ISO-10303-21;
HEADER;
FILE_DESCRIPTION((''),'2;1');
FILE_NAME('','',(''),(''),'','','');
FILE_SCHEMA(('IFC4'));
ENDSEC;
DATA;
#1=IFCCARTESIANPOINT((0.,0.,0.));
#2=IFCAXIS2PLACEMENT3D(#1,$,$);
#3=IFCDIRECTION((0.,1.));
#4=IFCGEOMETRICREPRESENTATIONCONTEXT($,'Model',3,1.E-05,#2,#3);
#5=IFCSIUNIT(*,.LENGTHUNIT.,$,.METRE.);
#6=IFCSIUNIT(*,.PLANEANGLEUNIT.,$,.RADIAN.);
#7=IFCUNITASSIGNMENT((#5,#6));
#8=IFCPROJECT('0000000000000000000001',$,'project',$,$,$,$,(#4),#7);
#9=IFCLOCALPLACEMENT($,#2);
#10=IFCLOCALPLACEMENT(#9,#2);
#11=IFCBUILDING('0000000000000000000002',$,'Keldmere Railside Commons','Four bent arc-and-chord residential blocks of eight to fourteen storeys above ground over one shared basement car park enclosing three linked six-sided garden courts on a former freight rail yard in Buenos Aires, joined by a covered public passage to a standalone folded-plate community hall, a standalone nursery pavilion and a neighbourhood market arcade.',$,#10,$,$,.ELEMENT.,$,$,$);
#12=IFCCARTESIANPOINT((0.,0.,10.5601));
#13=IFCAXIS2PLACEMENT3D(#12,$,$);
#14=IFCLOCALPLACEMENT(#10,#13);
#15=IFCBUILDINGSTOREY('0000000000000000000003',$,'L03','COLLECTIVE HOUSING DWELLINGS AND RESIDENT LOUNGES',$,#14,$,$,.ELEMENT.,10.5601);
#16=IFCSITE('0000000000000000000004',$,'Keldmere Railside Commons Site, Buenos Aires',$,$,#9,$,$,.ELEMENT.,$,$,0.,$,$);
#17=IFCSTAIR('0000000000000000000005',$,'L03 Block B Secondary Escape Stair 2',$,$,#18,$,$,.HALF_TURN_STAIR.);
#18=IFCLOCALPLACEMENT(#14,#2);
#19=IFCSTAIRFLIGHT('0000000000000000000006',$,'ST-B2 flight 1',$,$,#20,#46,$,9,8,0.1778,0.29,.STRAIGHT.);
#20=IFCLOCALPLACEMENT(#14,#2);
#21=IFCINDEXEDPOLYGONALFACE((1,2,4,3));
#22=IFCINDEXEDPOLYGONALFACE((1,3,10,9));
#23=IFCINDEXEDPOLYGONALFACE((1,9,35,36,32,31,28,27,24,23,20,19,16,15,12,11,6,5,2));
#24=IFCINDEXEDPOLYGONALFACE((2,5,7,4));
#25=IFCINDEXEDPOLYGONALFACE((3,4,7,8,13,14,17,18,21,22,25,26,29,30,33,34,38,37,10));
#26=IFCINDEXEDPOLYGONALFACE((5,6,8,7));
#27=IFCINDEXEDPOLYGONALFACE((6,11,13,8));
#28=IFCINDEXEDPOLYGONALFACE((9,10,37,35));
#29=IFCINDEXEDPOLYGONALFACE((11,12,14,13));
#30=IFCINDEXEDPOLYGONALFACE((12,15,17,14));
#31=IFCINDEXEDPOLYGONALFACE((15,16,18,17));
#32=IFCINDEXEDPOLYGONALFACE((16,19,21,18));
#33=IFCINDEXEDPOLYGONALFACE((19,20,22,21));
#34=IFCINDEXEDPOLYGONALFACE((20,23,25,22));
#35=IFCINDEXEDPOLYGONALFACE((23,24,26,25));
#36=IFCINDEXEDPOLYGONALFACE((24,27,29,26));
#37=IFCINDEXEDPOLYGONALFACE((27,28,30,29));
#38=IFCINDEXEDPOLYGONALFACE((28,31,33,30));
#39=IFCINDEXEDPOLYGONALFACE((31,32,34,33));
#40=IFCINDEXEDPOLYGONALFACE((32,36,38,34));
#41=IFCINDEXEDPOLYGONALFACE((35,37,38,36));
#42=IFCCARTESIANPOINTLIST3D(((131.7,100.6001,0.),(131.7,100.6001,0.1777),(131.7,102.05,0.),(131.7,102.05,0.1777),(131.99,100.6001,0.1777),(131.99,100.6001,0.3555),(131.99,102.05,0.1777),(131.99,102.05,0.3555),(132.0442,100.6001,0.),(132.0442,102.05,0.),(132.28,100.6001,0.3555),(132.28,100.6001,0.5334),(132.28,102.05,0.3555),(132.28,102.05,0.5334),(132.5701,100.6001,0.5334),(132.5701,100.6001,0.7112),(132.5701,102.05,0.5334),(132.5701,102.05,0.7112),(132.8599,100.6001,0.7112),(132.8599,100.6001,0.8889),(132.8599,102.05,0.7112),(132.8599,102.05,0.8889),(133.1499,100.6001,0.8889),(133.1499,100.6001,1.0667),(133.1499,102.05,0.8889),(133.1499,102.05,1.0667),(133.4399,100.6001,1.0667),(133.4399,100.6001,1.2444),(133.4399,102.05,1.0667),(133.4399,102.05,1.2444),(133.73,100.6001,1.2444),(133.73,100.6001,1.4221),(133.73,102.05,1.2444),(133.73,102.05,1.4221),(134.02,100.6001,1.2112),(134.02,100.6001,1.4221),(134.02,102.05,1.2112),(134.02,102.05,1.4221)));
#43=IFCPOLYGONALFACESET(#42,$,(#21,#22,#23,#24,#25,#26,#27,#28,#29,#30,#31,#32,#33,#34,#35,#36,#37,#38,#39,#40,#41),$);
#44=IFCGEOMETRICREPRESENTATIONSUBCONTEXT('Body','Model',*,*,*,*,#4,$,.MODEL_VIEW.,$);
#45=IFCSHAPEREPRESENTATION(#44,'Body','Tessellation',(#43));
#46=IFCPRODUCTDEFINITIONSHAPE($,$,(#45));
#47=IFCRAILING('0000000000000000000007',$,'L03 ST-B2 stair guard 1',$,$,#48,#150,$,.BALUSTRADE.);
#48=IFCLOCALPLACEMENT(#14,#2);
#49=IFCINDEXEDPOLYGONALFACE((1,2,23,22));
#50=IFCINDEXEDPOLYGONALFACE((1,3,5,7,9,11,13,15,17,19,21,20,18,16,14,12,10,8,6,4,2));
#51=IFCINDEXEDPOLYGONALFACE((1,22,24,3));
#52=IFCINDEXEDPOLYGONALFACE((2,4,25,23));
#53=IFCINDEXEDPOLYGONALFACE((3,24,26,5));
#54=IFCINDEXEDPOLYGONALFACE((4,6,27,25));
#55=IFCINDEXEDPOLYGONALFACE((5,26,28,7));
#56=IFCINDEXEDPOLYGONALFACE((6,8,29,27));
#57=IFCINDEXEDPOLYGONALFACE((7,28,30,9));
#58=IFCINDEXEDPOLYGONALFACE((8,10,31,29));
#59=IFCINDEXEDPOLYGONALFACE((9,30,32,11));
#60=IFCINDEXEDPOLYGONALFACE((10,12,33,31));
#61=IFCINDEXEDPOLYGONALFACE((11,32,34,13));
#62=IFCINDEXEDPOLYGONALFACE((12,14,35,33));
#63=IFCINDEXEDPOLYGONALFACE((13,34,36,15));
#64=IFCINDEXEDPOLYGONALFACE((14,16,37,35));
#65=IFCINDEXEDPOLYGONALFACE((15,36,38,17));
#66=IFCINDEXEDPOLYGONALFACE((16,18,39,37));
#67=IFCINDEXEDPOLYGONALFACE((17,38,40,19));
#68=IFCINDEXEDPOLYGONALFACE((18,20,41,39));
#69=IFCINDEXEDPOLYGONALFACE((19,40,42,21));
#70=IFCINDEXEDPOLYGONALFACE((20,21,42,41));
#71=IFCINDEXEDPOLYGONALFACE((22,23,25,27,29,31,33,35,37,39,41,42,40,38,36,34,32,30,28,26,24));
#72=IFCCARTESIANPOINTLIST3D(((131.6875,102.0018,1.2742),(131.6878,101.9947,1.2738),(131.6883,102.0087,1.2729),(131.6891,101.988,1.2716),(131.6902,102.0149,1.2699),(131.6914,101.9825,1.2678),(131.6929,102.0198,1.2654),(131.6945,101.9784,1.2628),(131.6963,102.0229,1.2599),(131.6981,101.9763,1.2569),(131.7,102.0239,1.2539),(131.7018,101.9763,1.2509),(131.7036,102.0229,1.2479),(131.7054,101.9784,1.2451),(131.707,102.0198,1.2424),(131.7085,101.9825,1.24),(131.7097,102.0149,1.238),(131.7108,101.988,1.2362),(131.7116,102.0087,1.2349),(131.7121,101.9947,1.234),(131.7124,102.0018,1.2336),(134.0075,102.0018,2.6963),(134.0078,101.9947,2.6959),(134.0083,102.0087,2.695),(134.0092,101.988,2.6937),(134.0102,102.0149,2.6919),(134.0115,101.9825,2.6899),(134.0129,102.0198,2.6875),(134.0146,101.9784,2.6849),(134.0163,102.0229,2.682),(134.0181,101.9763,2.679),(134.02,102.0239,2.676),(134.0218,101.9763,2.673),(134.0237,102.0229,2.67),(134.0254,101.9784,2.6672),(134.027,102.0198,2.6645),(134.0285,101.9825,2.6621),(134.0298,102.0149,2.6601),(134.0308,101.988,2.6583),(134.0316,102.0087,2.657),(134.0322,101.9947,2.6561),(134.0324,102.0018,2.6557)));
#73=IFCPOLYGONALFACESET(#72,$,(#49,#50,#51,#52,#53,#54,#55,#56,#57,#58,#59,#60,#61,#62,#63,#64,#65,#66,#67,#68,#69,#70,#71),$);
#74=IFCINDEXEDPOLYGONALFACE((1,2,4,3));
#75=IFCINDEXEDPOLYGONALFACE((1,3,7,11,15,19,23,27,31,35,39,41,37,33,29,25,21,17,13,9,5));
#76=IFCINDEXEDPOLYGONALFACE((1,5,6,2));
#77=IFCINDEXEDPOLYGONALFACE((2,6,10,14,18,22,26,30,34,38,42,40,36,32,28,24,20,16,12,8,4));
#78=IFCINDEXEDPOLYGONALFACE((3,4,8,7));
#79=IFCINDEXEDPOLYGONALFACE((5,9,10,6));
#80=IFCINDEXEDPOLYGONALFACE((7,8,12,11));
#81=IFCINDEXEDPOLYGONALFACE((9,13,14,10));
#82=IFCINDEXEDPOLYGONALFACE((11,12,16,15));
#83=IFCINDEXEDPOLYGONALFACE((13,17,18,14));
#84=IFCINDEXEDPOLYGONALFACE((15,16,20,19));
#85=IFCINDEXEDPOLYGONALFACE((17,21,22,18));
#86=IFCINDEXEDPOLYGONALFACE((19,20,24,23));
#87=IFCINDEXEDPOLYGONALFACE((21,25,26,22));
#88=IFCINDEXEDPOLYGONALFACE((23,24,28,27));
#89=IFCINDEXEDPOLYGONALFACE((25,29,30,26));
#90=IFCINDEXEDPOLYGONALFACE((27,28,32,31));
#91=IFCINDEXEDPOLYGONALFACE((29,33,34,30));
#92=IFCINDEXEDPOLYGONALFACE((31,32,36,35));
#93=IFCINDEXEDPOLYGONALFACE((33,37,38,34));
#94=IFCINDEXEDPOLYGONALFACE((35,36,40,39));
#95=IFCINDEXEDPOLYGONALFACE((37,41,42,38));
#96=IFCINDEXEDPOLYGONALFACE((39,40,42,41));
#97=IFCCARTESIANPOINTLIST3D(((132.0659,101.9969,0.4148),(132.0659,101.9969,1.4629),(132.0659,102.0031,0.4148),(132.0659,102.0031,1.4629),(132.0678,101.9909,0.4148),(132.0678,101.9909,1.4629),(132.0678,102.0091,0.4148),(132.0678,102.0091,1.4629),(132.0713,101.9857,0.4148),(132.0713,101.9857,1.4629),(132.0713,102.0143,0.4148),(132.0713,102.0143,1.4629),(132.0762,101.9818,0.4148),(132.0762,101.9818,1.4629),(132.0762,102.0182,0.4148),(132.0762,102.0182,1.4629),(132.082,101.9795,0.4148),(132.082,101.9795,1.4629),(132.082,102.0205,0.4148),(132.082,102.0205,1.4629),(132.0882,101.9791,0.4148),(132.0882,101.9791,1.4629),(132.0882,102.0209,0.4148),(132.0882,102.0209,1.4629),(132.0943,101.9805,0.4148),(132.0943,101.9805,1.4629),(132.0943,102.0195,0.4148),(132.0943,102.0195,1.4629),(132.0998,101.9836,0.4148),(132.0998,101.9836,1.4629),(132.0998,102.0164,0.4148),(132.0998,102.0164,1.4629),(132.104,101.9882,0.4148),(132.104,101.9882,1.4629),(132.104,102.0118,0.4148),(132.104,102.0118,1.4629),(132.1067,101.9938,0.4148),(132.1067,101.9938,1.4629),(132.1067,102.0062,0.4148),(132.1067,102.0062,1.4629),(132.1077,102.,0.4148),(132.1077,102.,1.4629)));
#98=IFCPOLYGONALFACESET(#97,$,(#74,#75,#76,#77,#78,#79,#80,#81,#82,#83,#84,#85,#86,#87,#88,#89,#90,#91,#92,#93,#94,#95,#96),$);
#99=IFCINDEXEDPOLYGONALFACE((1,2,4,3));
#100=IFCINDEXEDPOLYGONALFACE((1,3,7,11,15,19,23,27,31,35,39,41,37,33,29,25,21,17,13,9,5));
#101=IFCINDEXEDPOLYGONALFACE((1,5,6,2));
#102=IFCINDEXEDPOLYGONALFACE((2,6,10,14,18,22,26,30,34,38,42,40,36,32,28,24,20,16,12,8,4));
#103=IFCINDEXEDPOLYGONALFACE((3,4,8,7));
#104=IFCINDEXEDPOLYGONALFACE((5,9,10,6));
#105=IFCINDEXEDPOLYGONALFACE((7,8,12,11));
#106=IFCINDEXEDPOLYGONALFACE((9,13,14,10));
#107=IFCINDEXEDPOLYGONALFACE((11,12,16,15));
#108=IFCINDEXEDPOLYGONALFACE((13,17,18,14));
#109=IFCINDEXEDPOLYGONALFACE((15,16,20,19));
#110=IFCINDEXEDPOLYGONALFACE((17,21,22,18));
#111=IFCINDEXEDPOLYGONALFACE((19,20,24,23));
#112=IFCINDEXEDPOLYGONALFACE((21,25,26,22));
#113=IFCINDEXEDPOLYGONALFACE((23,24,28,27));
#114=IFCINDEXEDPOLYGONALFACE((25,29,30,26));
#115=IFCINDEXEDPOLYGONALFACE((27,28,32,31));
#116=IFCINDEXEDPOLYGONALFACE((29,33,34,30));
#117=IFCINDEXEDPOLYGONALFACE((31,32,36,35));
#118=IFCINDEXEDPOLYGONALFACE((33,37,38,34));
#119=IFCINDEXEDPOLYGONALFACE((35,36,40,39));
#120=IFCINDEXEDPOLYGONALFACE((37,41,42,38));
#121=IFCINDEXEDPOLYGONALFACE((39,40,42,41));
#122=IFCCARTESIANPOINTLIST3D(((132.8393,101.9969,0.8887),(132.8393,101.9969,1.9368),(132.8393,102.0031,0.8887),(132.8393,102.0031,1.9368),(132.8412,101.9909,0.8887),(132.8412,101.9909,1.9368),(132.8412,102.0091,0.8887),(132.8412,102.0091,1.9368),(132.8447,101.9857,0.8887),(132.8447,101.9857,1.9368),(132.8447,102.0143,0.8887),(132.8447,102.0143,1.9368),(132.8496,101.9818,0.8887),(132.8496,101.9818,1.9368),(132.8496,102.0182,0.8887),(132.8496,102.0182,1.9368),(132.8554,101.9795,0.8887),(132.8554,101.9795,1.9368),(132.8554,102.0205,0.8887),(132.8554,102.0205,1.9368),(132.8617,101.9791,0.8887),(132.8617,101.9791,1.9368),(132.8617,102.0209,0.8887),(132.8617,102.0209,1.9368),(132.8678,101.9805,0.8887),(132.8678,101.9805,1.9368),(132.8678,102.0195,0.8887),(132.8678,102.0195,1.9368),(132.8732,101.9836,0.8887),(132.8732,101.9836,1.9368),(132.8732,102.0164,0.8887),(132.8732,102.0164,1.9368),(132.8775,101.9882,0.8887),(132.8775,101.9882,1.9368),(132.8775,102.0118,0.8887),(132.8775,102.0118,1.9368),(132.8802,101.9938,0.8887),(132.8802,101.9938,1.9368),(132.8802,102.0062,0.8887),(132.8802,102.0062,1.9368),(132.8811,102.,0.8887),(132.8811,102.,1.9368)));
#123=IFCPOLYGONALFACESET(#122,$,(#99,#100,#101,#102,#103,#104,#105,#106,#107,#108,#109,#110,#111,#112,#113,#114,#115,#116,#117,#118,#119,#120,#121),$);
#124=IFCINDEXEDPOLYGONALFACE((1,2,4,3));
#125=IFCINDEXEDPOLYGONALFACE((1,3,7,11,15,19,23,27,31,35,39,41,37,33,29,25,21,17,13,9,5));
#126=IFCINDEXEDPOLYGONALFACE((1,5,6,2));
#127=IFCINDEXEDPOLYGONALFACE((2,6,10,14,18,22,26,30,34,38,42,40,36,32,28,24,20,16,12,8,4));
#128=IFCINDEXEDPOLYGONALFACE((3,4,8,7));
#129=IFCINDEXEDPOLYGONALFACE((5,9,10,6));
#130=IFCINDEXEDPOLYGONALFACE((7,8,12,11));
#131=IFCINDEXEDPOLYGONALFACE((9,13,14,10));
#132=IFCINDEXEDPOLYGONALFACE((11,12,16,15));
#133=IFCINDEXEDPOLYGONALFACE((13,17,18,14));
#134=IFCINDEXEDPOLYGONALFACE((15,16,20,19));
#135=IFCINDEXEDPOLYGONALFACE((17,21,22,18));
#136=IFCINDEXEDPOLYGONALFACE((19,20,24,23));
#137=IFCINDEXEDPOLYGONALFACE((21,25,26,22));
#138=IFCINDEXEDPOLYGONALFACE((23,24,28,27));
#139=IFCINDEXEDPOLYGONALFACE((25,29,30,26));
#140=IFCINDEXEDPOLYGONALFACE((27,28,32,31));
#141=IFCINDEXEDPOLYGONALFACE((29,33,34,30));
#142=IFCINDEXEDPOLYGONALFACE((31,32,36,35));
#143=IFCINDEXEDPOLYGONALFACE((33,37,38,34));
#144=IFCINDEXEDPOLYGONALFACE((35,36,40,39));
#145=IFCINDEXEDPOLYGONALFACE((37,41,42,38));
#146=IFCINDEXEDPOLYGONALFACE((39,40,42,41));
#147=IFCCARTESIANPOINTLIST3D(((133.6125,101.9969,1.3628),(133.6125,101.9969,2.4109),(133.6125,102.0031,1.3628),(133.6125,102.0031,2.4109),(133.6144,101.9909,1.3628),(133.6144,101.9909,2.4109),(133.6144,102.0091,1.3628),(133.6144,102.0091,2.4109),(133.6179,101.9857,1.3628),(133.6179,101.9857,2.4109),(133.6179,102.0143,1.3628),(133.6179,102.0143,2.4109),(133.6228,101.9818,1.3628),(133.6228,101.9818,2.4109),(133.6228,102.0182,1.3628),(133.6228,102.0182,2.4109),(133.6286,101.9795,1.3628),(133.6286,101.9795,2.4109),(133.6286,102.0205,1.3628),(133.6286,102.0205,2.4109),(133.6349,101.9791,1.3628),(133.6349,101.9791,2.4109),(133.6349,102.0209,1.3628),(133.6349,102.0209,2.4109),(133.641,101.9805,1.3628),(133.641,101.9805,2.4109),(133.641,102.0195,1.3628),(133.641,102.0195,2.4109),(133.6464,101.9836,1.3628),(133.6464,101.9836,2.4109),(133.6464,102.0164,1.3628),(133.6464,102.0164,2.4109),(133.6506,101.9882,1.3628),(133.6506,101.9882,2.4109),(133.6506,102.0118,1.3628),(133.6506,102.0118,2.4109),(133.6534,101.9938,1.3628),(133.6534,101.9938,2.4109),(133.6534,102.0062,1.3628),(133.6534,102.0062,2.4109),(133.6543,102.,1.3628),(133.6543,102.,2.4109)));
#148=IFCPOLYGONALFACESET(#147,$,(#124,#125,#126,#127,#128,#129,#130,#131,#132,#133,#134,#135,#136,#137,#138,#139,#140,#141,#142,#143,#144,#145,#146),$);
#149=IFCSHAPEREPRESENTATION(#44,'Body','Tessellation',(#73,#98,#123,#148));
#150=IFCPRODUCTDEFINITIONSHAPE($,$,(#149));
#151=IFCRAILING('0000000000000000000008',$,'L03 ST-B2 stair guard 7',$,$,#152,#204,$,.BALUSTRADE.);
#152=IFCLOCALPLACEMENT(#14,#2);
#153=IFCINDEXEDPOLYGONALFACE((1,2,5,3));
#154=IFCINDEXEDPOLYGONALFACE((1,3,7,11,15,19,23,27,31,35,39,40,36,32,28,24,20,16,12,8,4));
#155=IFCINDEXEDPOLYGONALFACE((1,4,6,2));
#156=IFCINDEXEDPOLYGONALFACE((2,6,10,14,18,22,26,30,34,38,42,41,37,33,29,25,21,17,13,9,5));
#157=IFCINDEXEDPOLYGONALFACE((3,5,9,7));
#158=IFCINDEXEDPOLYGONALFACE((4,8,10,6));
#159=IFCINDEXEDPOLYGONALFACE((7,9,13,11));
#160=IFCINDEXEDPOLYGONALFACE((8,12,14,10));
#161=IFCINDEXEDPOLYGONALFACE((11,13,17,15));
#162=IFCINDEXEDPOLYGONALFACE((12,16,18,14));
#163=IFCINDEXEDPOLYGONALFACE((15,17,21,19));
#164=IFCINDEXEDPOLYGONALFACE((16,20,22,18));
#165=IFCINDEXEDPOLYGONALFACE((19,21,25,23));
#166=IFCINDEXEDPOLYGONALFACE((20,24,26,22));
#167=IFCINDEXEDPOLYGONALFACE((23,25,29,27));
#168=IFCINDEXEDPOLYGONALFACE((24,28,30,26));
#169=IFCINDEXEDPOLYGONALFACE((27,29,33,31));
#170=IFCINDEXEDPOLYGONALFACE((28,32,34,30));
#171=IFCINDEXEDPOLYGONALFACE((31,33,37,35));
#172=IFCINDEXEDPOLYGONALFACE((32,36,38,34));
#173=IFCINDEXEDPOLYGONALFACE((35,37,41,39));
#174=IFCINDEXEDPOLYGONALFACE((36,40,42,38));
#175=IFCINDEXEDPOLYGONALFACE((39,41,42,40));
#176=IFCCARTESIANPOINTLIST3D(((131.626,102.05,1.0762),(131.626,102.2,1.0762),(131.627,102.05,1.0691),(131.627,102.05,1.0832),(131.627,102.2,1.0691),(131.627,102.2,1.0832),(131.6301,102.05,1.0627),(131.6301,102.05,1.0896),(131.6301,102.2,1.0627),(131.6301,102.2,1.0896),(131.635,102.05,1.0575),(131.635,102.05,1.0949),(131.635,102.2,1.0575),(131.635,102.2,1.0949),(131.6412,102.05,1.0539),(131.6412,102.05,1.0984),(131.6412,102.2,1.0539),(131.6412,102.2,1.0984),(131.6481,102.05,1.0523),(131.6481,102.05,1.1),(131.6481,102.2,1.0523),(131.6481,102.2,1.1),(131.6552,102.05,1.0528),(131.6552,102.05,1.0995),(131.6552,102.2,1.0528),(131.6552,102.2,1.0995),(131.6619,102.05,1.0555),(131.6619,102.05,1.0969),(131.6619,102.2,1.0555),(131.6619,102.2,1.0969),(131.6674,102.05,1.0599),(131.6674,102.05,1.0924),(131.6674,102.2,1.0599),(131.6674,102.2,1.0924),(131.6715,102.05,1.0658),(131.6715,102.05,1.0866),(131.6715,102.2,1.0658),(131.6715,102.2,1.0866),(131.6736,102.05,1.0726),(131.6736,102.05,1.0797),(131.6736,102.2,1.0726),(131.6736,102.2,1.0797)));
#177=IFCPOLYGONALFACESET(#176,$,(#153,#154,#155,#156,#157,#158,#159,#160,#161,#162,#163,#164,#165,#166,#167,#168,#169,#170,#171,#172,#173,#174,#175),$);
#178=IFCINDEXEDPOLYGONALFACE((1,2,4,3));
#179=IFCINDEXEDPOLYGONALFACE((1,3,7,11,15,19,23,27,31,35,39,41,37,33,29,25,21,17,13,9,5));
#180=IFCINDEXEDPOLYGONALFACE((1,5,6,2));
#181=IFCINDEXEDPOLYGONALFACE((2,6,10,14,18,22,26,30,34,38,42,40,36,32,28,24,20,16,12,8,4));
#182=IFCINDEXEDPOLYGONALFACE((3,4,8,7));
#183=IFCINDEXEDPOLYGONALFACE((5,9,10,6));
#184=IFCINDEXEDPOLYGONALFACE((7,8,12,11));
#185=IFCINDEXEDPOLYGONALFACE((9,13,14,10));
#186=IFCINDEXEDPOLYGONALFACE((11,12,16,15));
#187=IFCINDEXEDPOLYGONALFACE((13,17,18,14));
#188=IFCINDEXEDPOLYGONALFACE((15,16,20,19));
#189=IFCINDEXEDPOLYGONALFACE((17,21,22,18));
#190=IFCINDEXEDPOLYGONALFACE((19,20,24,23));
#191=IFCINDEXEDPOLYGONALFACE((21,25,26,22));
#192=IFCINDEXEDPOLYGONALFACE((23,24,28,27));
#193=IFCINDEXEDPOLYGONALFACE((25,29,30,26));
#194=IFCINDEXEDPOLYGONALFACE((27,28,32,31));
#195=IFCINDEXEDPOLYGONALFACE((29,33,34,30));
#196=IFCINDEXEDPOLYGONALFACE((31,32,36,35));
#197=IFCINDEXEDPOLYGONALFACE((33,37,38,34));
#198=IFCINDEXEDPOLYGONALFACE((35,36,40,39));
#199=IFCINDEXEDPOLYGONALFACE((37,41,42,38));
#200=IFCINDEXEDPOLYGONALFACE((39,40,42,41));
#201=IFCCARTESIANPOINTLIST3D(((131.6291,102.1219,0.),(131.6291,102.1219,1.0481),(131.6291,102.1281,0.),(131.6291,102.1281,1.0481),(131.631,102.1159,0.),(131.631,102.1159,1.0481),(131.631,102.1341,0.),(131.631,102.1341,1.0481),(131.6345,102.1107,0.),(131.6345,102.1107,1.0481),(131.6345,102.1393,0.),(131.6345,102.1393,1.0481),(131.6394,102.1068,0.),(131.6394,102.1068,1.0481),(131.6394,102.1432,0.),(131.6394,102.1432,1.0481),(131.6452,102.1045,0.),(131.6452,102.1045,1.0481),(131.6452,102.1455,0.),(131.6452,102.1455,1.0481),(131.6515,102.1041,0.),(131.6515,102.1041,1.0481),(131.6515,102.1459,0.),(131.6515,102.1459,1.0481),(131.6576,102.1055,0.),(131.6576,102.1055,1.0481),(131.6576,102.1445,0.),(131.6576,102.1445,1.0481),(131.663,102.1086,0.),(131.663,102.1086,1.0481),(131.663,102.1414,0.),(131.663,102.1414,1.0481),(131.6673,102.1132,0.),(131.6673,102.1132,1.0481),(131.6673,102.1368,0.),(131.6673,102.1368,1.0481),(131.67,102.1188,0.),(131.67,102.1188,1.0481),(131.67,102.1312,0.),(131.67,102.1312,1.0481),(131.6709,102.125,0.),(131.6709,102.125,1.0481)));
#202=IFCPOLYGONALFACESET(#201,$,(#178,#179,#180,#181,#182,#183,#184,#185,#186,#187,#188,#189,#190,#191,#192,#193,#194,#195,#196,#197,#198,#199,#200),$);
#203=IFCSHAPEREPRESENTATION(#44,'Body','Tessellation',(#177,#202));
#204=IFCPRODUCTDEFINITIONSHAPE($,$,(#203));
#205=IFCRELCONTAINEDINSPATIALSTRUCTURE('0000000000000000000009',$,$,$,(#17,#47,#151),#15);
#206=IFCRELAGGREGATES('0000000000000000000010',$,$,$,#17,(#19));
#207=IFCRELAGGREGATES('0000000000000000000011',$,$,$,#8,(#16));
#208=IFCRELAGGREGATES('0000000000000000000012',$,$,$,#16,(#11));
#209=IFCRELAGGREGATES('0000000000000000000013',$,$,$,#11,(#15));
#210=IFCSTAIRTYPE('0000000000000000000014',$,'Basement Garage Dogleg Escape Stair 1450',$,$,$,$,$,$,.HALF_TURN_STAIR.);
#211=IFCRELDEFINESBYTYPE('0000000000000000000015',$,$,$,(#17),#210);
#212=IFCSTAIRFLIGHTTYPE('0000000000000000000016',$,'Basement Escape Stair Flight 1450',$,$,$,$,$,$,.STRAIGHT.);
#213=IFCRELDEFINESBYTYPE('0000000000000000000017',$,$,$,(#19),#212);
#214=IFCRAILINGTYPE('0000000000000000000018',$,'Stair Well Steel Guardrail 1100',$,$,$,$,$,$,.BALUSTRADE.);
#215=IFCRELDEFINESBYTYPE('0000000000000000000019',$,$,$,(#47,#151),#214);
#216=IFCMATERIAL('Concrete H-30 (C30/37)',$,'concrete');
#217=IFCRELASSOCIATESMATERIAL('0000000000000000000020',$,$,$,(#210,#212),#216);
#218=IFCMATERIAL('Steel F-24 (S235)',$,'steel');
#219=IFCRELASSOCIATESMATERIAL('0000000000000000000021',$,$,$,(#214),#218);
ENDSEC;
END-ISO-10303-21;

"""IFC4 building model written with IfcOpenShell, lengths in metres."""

from ifc_helpers import new_model, si_unit, direction, frame, origin, origin_2d, place, context, subcontext, project, spatial, polyline, circle, outline, extrude, material, type_object, element, aggregate, save


model = new_model("IFC4")

# Units and contexts
model_context = context("Model", 3, precision=1e-05, world=origin(), true_north=direction((0.0, 1.0)))
body_context = subcontext(model_context, "Body", "Model", "MODEL_VIEW")
ifc_project = project(units=[si_unit("LENGTHUNIT", "METRE"), si_unit("PLANEANGLEUNIT", "RADIAN")], contexts=[model_context])

# Site, building, storey
site_placement = place(None, origin())
site = spatial("IfcSite", under=ifc_project, at=site_placement, Name="Keldmere Railside Commons Site, Buenos Aires", CompositionType="ELEMENT", RefElevation=0.0)
building_placement = place(site_placement, origin())
building = spatial("IfcBuilding", under=site, at=building_placement, Name="Keldmere Railside Commons", Description="Four bent arc-and-chord residential blocks of eight to fourteen storeys above ground over one shared basement car park enclosing three linked six-sided garden courts on a former freight rail yard in Buenos Aires, joined by a covered public passage to a standalone folded-plate community hall, a standalone nursery pavilion and a neighbourhood market arcade.", CompositionType="ELEMENT")
storey_placement = place(building_placement, frame((0.0, 0.0, 10.5601)))
storey = spatial("IfcBuildingStorey", under=building, at=storey_placement, Name="L03", Description="COLLECTIVE HOUSING DWELLINGS AND RESIDENT LOUNGES", CompositionType="ELEMENT", Elevation=10.5601)

# Stair, stair flight
ifc_material_1 = material(Name="Concrete H-30 (C30/37)", Category="concrete")
stair_type = type_object("IfcStairType", Name="Basement Garage Dogleg Escape Stair 1450", PredefinedType="HALF_TURN_STAIR", material=ifc_material_1)
stair_placement = place(storey_placement, origin())
stair = element("IfcStair", 1, at=stair_placement, inside=storey, type_object=stair_type, Name="L03 Block B Secondary Escape Stair 2", PredefinedType="HALF_TURN_STAIR")
stair_flight_type = type_object("IfcStairFlightType", Name="Basement Escape Stair Flight 1450", PredefinedType="STRAIGHT", material=ifc_material_1)
stair_flight_placement = place(storey_placement, frame((131.7, 101.325, 0.0), z_axis=(0.0, 0.0, 1.0), x_axis=(1.0, 0.0, 0.0)))
stair_flight = element("IfcStairFlight", 2, at=stair_flight_placement, type_object=stair_flight_type, Name="ST-B2 flight 1", NumberOfRisers=9, NumberOfTreads=8, PredefinedType="STRAIGHT", RiserHeight=0.1778, TreadLength=0.29, context=body_context, shape_type="SweptSolid", body=[
    extrude(outline(polyline([(0.0, 0.0), (0.0, 0.1777), (0.29, 0.1777), (0.29, 0.3555), (0.5801, 0.3555), (0.5801, 0.5334), (0.8701, 0.5334), (0.8701, 0.7112), (1.1599, 0.7112), (1.1599, 0.8889), (1.45, 0.8889), (1.45, 1.0667), (1.74, 1.0667), (1.74, 1.2444), (2.03, 1.2444), (2.03, 1.4221), (2.3201, 1.4221), (2.3201, 1.6001), (2.3201, 1.2112), (0.3442, 0.0), (0.0, 0.0)])), frame((0.0, 0.7251, 0.0), z_axis=(0.0, -1.0, 0.0), x_axis=(1.0, 0.0, 0.0)), (0.0, 0.0, 1.0), 1.45),
])
aggregate(stair, [stair_flight])

# Railings
ifc_material_2 = material(Name="Steel F-24 (S235)", Category="steel")
railing_type_1 = type_object("IfcRailingType", Name="Stair Well Steel Guardrail 1100", PredefinedType="BALUSTRADE", material=ifc_material_2)
railing_1_placement = place(storey_placement, frame((131.7, 102.0, 0.1777)))
element("IfcRailing", 3, at=railing_1_placement, inside=storey, type_object=railing_type_1, Name="L03 ST-B2 stair guard 1", PredefinedType="BALUSTRADE", context=body_context, shape_type="SweptSolid", body=[
    extrude(circle(Radius=0.0239, at=origin_2d()), frame((0.0, 0.0, 1.0762), z_axis=(0.852578, 0.0, 0.5226), x_axis=(0.0, 1.0, 0.0)), (0.0, 0.0, 1.0), 2.7212),
    extrude(circle(Radius=0.021, at=origin_2d()), frame((0.3867, 0.0, 0.2371)), (0.0, 0.0, 1.0), 1.0481),
    extrude(circle(Radius=0.021, at=origin_2d()), frame((1.1602, 0.0, 0.7109)), (0.0, 0.0, 1.0), 1.0481),
    extrude(circle(Radius=0.021, at=origin_2d()), frame((1.9333, 0.0, 1.1851)), (0.0, 0.0, 1.0), 1.0481),
])
railing_2_placement = place(storey_placement, frame((131.6499, 102.05, 0.0)))
element("IfcRailing", 4, at=railing_2_placement, inside=storey, type_object=railing_type_1, Name="L03 ST-B2 stair guard 7", PredefinedType="BALUSTRADE", context=body_context, shape_type="SweptSolid", body=[
    extrude(circle(Radius=0.0239, at=origin_2d()), frame((0.0, 0.0, 1.0762), z_axis=(0.0, 1.0, 0.0), x_axis=(-1.0, 0.0, 0.0)), (0.0, 0.0, 1.0), 0.1499),
    extrude(circle(Radius=0.021, at=origin_2d()), frame((0.0, 0.075, 0.0)), (0.0, 0.0, 1.0), 1.0481),
])

save(model, "model.ifc")
